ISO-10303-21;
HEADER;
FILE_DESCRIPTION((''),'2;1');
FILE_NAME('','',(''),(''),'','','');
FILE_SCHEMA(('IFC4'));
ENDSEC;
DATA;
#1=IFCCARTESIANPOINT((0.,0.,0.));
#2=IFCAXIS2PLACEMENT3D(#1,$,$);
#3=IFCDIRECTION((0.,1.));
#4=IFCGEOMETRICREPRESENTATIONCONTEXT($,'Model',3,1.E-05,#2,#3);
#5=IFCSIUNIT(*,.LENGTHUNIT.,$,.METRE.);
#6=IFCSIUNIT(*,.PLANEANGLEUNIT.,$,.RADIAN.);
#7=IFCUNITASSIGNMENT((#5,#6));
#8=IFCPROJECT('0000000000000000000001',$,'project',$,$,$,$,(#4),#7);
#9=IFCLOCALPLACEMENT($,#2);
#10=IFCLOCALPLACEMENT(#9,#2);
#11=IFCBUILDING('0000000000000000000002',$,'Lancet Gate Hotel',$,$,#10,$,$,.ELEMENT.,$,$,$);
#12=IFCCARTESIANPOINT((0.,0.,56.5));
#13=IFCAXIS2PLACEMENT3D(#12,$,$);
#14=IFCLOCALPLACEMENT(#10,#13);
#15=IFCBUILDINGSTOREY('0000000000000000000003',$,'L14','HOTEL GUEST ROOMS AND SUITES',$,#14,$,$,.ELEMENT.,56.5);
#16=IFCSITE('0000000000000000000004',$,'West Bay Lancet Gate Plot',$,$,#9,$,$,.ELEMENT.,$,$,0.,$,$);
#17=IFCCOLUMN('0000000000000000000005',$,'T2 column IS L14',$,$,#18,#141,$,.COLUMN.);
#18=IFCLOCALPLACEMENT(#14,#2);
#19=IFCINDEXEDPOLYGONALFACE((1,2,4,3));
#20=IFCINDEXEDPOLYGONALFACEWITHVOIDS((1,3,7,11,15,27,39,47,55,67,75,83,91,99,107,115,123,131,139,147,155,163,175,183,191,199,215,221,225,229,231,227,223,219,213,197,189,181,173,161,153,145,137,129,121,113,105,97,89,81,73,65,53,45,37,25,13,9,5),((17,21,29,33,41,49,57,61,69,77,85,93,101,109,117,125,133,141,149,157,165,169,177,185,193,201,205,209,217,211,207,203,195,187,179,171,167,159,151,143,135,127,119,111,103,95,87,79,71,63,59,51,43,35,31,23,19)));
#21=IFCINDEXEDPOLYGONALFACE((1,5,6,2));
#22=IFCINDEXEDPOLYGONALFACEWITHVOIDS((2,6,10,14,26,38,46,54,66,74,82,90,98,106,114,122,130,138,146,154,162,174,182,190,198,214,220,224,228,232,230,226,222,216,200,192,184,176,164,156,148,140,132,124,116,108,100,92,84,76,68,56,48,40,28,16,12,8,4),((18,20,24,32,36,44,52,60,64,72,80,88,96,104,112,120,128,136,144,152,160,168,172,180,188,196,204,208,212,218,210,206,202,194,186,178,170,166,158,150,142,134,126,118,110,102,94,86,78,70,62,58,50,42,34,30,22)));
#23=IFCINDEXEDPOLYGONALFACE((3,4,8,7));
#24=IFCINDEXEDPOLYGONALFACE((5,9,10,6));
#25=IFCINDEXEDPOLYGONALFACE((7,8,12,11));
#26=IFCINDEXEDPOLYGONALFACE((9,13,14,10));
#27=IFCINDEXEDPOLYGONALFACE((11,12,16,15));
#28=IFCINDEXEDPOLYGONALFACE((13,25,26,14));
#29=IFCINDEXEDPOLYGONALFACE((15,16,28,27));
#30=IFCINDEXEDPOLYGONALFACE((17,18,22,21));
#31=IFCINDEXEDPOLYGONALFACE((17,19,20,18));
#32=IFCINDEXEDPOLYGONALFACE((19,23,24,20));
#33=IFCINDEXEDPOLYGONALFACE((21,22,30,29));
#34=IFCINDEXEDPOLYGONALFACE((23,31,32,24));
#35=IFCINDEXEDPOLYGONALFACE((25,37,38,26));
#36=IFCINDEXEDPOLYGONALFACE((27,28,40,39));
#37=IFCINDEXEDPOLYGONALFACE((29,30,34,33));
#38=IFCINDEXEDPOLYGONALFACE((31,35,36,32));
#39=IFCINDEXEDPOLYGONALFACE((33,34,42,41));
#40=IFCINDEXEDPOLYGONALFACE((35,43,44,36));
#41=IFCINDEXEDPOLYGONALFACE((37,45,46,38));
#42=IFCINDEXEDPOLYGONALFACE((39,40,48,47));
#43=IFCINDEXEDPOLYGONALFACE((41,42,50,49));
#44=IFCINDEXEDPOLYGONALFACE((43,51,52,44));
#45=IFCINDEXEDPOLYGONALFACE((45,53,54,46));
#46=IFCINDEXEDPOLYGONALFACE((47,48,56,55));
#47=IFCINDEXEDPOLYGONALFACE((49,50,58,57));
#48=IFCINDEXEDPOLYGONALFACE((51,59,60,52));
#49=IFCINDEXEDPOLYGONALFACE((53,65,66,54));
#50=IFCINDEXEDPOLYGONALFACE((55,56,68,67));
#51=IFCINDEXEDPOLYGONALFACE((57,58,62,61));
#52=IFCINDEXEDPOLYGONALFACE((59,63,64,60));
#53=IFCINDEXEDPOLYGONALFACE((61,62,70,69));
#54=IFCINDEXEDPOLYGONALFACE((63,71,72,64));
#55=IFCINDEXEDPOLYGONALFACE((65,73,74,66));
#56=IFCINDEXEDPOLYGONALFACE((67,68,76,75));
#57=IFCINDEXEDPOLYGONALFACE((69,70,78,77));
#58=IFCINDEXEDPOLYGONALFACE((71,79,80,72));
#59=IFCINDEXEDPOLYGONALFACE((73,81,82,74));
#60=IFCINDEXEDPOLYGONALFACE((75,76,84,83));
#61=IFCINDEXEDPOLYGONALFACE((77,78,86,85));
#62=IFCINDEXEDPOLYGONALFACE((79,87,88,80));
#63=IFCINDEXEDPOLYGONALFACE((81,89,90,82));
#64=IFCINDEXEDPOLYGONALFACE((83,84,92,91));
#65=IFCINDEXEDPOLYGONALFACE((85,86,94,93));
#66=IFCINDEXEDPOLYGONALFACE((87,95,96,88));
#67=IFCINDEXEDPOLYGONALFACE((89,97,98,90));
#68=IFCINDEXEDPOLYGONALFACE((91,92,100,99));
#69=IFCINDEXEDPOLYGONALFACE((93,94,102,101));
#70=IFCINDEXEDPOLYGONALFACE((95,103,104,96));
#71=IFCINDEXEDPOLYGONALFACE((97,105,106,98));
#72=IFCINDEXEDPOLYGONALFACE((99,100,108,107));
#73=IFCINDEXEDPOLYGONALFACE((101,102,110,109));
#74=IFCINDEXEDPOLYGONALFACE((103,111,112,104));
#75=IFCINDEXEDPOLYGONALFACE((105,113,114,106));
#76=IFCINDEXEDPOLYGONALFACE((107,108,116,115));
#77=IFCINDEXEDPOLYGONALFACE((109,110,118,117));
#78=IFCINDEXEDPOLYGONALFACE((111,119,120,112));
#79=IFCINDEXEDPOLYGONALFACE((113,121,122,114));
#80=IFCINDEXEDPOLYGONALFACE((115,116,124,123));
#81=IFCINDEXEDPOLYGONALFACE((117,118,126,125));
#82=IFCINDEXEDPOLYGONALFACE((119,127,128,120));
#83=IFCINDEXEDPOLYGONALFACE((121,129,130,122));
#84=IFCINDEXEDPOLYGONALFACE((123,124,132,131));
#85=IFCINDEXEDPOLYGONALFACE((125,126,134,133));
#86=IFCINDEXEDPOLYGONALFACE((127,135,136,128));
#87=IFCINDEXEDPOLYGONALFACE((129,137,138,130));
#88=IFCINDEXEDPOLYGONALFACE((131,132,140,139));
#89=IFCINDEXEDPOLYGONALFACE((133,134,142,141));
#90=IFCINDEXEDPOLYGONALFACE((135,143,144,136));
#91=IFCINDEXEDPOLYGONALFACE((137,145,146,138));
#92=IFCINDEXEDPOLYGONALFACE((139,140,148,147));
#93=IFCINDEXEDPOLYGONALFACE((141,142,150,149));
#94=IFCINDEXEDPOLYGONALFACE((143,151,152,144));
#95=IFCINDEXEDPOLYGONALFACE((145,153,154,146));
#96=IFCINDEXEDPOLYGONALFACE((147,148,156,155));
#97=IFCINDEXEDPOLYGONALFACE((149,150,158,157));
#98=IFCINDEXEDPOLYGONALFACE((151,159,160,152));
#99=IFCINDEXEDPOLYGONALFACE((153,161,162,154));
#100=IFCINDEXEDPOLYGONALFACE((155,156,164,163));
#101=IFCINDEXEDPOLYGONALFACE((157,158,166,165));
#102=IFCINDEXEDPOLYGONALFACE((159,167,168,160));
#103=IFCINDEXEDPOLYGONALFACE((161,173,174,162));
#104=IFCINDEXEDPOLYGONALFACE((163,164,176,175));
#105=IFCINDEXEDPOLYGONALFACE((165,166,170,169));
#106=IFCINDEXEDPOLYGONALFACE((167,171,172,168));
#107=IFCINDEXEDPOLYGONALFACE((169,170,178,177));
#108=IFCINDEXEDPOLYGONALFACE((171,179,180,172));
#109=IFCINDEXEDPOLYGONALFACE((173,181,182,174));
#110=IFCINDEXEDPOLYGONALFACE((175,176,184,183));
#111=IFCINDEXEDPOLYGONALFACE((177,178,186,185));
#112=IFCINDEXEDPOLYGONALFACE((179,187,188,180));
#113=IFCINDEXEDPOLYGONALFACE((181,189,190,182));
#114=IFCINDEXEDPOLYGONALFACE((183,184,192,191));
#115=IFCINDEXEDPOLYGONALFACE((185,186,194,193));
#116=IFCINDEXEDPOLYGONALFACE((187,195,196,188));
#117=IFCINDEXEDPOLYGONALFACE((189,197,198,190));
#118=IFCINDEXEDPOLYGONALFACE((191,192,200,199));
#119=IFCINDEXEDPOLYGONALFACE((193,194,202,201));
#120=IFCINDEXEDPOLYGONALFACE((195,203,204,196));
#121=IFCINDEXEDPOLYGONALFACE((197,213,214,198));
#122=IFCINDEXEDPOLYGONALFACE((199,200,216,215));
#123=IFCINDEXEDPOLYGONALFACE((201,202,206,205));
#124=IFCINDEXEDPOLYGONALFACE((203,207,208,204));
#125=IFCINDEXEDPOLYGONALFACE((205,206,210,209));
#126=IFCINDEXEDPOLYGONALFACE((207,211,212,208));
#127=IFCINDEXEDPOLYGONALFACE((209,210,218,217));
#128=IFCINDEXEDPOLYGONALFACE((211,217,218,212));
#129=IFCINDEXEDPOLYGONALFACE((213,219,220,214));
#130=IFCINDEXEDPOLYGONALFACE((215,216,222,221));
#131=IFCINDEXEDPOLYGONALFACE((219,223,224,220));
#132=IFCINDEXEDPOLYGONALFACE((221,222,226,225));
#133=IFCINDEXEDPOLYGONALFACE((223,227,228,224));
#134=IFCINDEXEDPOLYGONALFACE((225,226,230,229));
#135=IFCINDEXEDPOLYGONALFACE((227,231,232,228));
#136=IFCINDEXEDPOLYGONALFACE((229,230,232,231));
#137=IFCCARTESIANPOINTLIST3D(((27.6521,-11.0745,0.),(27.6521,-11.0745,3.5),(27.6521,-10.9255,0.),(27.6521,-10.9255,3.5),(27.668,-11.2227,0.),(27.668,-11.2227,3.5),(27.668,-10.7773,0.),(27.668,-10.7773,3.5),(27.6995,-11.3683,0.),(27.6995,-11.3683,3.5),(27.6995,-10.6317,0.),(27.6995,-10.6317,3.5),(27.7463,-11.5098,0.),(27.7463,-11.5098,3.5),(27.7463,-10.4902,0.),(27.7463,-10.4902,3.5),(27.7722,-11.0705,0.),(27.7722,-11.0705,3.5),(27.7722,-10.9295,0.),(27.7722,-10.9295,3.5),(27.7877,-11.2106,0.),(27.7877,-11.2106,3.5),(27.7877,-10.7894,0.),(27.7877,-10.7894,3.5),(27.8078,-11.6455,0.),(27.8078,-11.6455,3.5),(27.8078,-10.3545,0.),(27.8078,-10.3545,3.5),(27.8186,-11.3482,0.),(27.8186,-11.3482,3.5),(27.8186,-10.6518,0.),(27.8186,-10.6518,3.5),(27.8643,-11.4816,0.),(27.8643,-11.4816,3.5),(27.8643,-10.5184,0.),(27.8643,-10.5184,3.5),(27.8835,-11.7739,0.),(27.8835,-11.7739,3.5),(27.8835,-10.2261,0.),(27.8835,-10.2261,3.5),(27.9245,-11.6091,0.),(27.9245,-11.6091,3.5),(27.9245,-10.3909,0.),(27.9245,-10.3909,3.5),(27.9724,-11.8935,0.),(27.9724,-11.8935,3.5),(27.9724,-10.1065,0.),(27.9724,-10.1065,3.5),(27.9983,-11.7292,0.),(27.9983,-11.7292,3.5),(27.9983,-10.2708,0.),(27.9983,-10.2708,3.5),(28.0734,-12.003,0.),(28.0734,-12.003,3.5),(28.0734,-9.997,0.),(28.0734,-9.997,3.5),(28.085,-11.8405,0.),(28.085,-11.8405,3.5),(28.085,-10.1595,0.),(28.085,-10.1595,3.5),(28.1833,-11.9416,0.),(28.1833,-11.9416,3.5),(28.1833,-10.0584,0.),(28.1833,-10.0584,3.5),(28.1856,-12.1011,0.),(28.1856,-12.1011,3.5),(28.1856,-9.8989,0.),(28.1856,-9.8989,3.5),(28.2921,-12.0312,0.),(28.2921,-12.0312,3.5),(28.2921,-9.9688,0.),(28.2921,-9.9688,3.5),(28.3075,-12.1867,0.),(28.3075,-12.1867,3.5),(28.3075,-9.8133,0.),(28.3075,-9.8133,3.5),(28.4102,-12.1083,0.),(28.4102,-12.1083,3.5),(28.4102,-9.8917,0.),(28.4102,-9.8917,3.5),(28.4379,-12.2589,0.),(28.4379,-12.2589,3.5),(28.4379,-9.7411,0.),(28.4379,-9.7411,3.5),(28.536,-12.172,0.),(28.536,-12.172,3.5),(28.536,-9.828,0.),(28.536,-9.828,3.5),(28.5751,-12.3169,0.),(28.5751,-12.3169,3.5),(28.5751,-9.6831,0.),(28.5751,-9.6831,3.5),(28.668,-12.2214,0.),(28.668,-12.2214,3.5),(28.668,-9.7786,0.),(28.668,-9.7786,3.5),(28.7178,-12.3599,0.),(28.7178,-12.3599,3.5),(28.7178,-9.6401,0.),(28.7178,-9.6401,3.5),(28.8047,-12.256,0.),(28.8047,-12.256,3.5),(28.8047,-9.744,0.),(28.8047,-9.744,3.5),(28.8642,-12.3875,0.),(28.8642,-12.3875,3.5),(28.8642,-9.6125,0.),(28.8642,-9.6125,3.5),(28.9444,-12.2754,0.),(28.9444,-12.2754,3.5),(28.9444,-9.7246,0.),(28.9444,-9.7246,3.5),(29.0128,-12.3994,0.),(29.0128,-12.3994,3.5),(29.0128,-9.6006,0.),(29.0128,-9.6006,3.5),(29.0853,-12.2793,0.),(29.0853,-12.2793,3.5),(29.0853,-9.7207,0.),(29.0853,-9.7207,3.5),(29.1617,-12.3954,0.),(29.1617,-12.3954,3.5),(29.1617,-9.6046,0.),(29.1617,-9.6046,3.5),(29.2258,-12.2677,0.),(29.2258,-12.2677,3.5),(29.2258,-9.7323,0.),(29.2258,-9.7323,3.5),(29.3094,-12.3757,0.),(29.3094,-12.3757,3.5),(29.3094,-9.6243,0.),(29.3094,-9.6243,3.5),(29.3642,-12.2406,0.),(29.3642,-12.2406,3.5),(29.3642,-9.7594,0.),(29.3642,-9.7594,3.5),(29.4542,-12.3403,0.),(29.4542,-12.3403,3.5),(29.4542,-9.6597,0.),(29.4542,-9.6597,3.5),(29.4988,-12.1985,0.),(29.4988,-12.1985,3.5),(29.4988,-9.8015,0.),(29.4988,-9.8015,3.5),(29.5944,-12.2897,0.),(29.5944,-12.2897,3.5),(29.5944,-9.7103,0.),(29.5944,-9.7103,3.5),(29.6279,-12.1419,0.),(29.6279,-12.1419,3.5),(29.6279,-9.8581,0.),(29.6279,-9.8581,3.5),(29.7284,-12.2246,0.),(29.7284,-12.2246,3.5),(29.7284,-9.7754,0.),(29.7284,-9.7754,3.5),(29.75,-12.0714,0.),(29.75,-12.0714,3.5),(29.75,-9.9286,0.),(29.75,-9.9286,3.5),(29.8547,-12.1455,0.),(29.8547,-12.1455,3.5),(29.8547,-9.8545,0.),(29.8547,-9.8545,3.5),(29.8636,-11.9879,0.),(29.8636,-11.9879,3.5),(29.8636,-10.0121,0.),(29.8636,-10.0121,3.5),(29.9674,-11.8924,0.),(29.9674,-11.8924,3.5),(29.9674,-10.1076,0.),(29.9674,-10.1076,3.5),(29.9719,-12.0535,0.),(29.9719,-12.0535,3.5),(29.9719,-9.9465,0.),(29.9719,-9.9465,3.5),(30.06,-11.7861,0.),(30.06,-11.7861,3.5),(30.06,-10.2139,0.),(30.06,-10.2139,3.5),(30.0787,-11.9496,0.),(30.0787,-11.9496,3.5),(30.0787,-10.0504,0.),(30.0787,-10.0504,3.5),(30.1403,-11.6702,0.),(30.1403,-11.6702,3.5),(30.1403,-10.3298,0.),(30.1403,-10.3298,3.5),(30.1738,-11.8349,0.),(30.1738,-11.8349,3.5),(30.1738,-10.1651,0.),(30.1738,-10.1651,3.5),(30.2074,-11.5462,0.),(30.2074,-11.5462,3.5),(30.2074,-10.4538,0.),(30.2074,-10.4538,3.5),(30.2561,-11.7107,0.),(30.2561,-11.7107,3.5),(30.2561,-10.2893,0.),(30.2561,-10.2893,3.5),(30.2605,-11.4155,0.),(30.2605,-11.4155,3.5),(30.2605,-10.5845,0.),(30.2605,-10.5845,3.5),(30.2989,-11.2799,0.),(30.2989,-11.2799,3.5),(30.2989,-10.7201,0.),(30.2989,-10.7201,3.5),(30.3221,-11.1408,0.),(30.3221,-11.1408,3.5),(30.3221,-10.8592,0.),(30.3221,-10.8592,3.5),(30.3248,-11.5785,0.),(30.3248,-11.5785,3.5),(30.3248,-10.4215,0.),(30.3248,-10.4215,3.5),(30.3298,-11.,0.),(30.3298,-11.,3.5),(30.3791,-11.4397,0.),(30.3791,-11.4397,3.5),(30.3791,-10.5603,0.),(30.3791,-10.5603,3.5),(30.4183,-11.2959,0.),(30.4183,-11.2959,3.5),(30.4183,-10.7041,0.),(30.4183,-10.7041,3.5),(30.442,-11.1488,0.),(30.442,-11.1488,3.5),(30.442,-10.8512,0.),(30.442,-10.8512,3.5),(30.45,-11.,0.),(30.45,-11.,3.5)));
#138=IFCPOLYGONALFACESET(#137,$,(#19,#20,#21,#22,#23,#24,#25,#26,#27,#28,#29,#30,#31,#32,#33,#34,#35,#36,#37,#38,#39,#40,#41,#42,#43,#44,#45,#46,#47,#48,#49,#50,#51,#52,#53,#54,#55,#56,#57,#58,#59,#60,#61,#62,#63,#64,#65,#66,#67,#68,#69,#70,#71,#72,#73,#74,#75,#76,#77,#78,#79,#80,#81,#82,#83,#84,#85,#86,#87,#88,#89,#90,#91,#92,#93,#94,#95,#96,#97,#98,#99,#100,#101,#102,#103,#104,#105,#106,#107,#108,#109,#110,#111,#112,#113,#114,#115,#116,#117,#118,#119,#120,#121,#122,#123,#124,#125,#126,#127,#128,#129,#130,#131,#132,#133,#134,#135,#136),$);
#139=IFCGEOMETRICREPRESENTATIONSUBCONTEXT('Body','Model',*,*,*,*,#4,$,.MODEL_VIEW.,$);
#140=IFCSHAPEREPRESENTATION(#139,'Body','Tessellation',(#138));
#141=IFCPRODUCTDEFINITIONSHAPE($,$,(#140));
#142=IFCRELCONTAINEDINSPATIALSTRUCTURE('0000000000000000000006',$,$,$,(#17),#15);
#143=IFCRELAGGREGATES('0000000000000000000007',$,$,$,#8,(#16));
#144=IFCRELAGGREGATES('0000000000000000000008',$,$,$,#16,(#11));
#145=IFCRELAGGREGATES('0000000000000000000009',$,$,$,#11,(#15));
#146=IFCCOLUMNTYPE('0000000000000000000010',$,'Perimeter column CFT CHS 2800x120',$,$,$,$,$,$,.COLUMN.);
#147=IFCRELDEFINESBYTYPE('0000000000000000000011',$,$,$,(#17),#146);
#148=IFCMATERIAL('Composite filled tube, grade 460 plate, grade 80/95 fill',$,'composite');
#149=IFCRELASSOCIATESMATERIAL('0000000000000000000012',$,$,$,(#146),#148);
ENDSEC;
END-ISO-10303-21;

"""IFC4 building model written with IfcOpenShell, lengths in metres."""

from ifc_helpers import new_model, si_unit, direction, frame, origin, origin_2d, place, context, subcontext, project, spatial, hollow_circle, extrude, material, material_profile, profile_set, type_object, element, save


model = new_model("IFC4")

# Units and contexts
model_context = context("Model", 3, precision=1e-05, world=origin(), true_north=direction((0.0, 1.0)))
body_context = subcontext(model_context, "Body", "Model", "MODEL_VIEW")
ifc_project = project(units=[si_unit("LENGTHUNIT", "METRE"), si_unit("PLANEANGLEUNIT", "RADIAN")], contexts=[model_context])

# Site, building, storey
site_placement = place(None, origin())
site = spatial("IfcSite", under=ifc_project, at=site_placement, Name="West Bay Lancet Gate Plot", CompositionType="ELEMENT", RefElevation=0.0)
building_placement = place(site_placement, origin())
building = spatial("IfcBuilding", under=site, at=building_placement, Name="Lancet Gate Hotel", CompositionType="ELEMENT")
storey_placement = place(building_placement, frame((0.0, 0.0, 56.5)))
storey = spatial("IfcBuildingStorey", under=building, at=storey_placement, Name="L14", Description="HOTEL GUEST ROOMS AND SUITES", CompositionType="ELEMENT", Elevation=56.5)

# Column
ifc_material_1 = material(Name="Composite filled tube, grade 460 plate, grade 80/95 fill", Category="composite")
ifc_material_profile_1 = material_profile(ifc_material_1, hollow_circle(Radius=1.3999, WallThickness=0.1201, at=origin_2d()), Name="CHS 2800x120")
ifc_profile_set_1 = profile_set([ifc_material_profile_1], Name="Composite filled tube, grade 460 plate, grade 80/95 fill")
column_type = type_object("IfcColumnType", Name="Perimeter column CFT CHS 2800x120", PredefinedType="COLUMN", material=ifc_profile_set_1)
for number, where, z_axis, x_axis, name in (
    (1, (29.05, -11.0, 0.0), (0.0, 0.0, 1.0), (1.0, 0.0, 0.0), "T2 column IS L14"),
):
    element("IfcColumn", number, at=place(storey_placement, frame(where, z_axis=z_axis, x_axis=x_axis)), inside=storey, type_object=column_type, Name=name, PredefinedType="COLUMN", context=body_context, shape_type="SweptSolid", body=[
        extrude(hollow_circle(Radius=1.3999, WallThickness=0.1201, at=origin_2d()), origin(), (0.0, 0.0, 1.0), 3.5),
    ])

save(model, "model.ifc")
